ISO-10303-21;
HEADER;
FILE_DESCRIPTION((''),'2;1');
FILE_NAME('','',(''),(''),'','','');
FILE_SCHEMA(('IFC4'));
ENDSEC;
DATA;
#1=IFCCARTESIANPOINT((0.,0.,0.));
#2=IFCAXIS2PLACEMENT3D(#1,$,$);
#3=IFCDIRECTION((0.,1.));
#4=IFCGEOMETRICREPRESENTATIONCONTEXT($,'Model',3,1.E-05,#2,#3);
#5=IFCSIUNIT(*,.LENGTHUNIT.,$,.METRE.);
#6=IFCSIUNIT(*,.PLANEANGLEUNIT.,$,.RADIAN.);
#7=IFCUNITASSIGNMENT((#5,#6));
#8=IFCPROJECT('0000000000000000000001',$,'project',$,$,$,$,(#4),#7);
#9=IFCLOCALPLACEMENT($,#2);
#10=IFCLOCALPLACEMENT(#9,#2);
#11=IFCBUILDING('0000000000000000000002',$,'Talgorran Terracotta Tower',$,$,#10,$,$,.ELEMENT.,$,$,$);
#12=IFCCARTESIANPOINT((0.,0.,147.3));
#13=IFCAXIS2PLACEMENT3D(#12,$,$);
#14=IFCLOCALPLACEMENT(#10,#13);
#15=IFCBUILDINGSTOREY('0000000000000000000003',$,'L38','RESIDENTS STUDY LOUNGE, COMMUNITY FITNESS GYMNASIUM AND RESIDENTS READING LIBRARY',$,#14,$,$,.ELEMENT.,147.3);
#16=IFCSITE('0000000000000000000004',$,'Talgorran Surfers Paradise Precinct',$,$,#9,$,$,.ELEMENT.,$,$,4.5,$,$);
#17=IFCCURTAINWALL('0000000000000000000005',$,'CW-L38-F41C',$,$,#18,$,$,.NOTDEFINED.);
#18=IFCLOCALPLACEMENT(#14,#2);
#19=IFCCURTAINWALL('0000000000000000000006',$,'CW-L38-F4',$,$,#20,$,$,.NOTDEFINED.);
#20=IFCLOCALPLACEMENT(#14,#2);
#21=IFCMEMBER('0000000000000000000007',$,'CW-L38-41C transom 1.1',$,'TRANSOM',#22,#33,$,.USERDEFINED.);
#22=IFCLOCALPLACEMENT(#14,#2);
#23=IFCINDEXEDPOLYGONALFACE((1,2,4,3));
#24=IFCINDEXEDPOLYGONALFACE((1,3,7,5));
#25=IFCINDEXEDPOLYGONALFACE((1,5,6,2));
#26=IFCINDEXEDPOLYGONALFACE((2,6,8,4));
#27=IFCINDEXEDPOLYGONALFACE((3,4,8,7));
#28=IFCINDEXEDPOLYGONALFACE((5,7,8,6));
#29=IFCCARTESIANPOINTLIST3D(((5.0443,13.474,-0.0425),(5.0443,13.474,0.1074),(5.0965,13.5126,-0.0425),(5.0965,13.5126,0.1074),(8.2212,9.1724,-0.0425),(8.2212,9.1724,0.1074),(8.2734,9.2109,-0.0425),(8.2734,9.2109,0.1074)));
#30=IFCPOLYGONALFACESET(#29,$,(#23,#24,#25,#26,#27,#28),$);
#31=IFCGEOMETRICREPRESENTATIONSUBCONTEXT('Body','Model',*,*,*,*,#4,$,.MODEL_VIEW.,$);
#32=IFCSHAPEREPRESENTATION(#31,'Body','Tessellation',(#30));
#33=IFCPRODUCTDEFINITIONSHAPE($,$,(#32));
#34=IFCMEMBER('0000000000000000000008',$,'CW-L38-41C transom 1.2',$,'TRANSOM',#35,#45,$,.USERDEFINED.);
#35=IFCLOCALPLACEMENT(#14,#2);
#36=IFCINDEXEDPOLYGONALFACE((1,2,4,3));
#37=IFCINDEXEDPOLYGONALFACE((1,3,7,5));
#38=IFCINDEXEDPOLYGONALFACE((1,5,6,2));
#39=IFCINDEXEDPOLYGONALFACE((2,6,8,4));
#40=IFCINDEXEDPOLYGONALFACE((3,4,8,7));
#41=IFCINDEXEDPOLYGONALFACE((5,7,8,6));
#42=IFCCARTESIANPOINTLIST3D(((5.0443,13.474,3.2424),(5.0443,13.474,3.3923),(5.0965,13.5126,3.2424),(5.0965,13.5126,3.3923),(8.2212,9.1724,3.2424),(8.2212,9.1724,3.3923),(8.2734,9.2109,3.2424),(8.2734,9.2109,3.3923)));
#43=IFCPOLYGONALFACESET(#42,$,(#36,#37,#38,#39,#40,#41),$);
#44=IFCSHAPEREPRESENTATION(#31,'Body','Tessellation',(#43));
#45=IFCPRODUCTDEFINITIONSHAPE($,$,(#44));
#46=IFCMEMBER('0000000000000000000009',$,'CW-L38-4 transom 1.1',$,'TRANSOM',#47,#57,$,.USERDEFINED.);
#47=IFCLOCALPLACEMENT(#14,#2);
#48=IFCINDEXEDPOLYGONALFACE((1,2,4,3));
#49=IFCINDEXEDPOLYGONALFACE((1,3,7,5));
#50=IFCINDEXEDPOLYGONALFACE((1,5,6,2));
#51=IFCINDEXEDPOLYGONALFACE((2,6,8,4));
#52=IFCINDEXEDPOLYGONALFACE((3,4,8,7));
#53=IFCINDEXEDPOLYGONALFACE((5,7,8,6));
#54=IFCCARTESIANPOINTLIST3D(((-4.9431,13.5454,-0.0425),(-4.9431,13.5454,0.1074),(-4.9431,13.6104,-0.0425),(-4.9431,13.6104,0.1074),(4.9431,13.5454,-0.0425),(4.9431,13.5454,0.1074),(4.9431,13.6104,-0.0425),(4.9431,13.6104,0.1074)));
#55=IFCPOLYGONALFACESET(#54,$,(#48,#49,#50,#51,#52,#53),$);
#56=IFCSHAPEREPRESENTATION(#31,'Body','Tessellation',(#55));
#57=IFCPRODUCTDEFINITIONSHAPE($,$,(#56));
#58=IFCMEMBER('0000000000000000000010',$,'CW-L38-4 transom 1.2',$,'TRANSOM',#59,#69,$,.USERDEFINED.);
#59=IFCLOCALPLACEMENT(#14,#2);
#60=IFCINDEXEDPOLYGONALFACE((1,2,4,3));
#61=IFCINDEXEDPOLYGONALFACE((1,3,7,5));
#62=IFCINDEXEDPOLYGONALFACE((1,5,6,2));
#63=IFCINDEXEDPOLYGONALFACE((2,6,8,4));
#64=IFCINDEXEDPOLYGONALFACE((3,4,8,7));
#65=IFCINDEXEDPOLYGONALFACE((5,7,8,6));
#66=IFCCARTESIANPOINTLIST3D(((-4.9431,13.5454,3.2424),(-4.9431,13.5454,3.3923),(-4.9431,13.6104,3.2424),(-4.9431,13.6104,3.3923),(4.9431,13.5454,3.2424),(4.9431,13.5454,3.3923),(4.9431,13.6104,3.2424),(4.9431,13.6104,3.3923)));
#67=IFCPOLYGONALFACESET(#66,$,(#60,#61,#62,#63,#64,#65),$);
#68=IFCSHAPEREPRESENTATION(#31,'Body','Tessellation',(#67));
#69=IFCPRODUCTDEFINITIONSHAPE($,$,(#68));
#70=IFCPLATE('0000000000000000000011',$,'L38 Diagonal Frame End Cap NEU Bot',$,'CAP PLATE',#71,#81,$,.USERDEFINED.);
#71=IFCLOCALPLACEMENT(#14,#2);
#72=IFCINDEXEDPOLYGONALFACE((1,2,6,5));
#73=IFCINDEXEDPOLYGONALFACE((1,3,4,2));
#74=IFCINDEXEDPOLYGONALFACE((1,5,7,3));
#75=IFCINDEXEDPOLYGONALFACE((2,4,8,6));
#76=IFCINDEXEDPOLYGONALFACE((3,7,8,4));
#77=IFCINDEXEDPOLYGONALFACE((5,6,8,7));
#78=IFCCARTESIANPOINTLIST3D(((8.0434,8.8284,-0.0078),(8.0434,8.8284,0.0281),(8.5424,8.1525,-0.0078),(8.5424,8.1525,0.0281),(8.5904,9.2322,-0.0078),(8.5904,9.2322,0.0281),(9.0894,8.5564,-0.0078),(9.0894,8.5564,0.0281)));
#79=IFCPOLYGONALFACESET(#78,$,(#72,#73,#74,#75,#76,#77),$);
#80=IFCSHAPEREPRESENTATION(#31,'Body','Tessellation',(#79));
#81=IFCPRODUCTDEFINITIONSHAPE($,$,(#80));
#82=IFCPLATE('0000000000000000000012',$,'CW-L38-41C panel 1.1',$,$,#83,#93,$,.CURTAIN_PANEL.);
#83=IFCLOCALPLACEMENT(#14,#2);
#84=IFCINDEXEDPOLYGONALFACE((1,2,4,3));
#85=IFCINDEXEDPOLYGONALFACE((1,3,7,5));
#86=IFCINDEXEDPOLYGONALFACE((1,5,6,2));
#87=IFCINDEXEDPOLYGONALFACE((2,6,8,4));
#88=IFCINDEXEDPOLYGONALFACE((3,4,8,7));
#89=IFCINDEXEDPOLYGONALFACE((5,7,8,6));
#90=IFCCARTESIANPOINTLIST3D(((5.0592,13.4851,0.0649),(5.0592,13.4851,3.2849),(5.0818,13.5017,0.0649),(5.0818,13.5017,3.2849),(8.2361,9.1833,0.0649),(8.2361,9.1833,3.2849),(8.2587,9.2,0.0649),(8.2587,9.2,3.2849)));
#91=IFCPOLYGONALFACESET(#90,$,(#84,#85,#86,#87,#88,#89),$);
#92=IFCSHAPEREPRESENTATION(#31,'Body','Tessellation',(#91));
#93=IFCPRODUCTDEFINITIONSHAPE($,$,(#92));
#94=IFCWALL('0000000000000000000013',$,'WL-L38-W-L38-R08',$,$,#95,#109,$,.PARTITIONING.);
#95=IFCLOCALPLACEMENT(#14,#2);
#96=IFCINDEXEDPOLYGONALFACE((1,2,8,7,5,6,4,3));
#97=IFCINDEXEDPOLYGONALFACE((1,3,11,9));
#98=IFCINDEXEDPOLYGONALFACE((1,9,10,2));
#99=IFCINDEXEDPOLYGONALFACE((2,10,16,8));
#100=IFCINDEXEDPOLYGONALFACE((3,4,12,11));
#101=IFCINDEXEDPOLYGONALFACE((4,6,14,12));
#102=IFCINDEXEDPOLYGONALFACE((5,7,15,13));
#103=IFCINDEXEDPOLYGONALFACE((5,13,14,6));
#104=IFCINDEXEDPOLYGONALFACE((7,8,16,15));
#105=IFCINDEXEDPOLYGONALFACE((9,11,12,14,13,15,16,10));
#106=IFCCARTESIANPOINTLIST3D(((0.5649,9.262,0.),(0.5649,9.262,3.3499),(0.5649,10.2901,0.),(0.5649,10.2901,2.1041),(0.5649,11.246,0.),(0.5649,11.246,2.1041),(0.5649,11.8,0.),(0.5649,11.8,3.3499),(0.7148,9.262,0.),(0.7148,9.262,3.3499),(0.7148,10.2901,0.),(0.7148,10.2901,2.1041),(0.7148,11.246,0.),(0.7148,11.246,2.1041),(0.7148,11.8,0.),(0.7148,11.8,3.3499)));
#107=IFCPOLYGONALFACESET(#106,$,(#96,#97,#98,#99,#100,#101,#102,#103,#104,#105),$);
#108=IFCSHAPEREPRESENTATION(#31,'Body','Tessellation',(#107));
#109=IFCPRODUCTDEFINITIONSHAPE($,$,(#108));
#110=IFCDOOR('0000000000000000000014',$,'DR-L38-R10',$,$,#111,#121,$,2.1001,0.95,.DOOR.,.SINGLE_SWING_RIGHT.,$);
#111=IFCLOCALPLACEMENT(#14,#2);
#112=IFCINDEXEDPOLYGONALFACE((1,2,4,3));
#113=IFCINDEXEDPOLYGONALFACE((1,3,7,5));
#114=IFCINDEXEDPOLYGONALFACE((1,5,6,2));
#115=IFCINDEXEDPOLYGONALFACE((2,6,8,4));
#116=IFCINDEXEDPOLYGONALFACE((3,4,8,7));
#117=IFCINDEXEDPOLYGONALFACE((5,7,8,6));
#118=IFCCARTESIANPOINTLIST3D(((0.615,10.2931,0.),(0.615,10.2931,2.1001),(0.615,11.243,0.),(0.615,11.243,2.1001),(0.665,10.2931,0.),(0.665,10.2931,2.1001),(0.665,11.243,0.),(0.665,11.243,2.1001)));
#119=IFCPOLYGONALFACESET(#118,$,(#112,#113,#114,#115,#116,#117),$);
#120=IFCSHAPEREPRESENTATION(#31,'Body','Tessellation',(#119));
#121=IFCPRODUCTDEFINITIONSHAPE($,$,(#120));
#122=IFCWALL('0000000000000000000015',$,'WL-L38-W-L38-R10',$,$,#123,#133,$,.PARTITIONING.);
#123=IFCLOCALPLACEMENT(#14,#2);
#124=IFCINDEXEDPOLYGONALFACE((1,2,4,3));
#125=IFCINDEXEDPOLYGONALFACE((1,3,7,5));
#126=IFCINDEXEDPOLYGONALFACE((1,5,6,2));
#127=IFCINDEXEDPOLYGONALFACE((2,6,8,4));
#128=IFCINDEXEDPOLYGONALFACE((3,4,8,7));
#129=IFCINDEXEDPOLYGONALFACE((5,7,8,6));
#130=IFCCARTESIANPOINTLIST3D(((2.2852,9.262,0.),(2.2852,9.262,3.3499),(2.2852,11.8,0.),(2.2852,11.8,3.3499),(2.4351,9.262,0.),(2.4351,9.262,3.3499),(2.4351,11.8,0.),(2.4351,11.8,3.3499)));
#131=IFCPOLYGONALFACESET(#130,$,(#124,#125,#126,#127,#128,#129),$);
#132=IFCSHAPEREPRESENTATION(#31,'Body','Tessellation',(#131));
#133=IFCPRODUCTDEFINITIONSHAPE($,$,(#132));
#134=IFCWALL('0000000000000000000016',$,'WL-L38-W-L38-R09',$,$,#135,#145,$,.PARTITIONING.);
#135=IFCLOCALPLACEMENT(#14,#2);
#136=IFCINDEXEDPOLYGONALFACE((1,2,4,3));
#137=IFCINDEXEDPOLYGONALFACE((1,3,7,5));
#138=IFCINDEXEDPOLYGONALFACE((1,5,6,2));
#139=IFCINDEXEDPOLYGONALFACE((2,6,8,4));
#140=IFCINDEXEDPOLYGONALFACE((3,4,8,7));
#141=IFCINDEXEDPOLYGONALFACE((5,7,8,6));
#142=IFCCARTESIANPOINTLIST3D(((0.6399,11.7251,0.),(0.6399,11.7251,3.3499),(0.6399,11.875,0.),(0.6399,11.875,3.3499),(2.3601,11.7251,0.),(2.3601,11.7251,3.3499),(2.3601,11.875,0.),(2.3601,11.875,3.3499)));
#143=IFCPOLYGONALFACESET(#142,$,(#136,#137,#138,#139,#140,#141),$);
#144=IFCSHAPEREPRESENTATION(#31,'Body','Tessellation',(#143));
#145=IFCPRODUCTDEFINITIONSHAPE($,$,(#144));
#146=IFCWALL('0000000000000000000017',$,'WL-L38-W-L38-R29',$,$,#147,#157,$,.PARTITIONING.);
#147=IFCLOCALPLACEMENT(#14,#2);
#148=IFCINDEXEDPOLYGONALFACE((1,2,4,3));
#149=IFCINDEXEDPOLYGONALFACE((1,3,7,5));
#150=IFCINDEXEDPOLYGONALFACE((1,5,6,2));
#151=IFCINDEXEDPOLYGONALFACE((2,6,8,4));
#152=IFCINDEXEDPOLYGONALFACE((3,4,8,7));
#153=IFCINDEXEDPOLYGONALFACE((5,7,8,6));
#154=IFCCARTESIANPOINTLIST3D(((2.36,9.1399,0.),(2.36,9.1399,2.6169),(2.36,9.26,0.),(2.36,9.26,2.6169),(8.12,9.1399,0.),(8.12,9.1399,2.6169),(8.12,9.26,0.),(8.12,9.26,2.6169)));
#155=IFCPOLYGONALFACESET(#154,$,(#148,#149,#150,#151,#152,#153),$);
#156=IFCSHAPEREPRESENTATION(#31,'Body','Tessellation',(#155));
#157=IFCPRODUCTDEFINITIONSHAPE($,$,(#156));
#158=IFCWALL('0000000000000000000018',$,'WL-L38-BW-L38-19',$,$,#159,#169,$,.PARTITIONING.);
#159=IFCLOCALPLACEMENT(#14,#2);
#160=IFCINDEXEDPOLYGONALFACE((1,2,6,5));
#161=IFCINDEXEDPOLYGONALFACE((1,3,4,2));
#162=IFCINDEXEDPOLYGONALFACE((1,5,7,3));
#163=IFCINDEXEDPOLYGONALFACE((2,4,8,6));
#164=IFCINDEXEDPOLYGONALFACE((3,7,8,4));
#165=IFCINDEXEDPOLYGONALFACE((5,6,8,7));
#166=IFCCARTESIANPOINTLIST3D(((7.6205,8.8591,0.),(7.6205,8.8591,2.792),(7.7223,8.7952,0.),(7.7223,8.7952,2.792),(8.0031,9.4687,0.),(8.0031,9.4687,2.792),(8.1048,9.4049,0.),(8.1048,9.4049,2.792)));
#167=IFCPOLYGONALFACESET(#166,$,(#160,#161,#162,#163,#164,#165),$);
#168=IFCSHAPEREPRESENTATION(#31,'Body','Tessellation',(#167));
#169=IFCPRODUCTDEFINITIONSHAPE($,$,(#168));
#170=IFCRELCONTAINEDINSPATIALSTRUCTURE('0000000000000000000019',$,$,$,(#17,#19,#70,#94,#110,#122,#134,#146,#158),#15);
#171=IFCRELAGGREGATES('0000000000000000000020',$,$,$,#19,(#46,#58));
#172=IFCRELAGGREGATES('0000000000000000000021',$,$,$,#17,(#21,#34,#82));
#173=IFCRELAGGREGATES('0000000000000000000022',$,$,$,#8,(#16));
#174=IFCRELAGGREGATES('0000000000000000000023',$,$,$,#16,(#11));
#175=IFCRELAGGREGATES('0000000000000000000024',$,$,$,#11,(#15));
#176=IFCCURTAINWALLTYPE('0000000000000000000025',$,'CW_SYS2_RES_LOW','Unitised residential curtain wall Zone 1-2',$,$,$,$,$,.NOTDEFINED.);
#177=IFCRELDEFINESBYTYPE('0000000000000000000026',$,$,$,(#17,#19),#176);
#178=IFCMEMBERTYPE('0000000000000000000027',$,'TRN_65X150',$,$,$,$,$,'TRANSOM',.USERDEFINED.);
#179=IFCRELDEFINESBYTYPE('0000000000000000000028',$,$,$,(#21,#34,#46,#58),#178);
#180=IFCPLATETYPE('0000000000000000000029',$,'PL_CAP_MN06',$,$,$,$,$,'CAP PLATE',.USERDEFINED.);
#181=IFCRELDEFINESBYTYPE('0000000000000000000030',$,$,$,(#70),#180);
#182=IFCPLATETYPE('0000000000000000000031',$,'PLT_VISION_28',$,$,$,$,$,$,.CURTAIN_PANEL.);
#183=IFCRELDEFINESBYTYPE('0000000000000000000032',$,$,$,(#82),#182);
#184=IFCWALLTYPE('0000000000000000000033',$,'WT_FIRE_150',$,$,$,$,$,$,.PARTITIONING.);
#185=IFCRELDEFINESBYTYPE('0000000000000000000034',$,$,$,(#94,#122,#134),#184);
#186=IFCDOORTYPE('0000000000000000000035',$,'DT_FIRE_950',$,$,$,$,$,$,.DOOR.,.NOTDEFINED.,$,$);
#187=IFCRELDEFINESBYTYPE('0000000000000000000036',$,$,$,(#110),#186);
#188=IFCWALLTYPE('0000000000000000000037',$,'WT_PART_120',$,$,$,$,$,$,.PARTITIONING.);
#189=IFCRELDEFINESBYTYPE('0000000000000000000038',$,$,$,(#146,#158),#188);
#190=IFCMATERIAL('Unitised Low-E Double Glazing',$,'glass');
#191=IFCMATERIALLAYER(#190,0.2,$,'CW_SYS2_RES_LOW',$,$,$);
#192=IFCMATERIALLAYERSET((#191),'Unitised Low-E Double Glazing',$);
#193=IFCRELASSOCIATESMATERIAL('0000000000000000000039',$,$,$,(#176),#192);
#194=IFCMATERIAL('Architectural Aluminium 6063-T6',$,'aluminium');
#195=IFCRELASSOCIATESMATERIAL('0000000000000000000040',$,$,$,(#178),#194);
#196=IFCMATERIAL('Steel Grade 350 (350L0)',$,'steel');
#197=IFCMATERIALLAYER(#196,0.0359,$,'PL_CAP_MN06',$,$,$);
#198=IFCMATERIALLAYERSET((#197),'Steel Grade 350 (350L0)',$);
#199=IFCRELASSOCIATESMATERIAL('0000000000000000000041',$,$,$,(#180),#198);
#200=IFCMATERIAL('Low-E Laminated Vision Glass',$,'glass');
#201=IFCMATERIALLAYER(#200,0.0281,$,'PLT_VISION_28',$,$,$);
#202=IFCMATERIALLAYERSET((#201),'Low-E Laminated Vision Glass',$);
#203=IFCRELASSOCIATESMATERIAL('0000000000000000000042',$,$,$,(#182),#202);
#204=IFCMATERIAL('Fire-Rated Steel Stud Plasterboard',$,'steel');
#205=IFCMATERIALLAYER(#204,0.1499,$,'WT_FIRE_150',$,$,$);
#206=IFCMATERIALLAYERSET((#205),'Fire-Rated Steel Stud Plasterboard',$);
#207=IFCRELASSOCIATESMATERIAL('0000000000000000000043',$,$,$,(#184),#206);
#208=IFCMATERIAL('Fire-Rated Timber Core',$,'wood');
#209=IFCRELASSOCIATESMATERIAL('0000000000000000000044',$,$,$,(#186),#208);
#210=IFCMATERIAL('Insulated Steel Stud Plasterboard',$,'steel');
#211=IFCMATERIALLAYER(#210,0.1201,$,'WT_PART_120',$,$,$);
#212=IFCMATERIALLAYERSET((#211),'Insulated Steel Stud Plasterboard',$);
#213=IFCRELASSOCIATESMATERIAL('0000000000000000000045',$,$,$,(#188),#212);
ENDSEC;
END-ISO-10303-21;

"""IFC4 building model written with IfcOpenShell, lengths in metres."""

from ifc_helpers import new_model, si_unit, direction, frame, frame_2d, origin, origin_2d, place, context, subcontext, project, spatial, rectangle, extrude, source, transform, mapped, material, layer, layer_set, material_profile, profile_set, type_object, type_shapes, element, fill, aggregate, save


model = new_model("IFC4")

# Units and contexts
model_context = context("Model", 3, precision=1e-05, world=origin(), true_north=direction((0.0, 1.0)))
body_context = subcontext(model_context, "Body", "Model", "MODEL_VIEW")
ifc_project = project(units=[si_unit("LENGTHUNIT", "METRE"), si_unit("PLANEANGLEUNIT", "RADIAN")], contexts=[model_context])

# Site, building, storey
site_placement = place(None, origin())
site = spatial("IfcSite", under=ifc_project, at=site_placement, Name="Talgorran Surfers Paradise Precinct", CompositionType="ELEMENT", RefElevation=4.5)
building_placement = place(site_placement, origin())
building = spatial("IfcBuilding", under=site, at=building_placement, Name="Talgorran Terracotta Tower", CompositionType="ELEMENT")
storey_placement = place(building_placement, frame((0.0, 0.0, 147.3)))
storey = spatial("IfcBuildingStorey", under=building, at=storey_placement, Name="L38", Description="RESIDENTS STUDY LOUNGE, COMMUNITY FITNESS GYMNASIUM AND RESIDENTS READING LIBRARY", CompositionType="ELEMENT", Elevation=147.3)

# Shared definitions
ifc_material_1 = material(Name="Steel Grade 350 (350L0)", Category="steel")

# Shared definitions
ifc_material_2 = material(Name="Unitised Low-E Double Glazing", Category="glass")
ifc_layer_1 = layer(ifc_material_2, 0.2, Name="CW_SYS2_RES_LOW")
ifc_layer_set_1 = layer_set([ifc_layer_1], Name="Unitised Low-E Double Glazing")
curtain_wall_type = type_object("IfcCurtainWallType", Name="CW_SYS2_RES_LOW", Description="Unitised residential curtain wall Zone 1-2", PredefinedType="NOTDEFINED", material=ifc_layer_set_1)
ifc_material_3 = material(Name="Architectural Aluminium 6063-T6", Category="aluminium")

# Curtain wall
curtain_wall_1_placement = place(storey_placement, origin())
curtain_wall_1 = element("IfcCurtainWall", 1, at=curtain_wall_1_placement, inside=storey, type_object=curtain_wall_type, Name="CW-L38-F41C", PredefinedType="NOTDEFINED")

# Curtain wall
curtain_wall_2_placement = place(storey_placement, origin())
curtain_wall_2 = element("IfcCurtainWall", 2, at=curtain_wall_2_placement, inside=storey, type_object=curtain_wall_type, Name="CW-L38-F4", PredefinedType="NOTDEFINED")

# Members
ifc_material_profile_1 = material_profile(ifc_material_3, rectangle(XDim=0.0649, YDim=0.1499, at=origin_2d()), Name="CWT65X150")
ifc_profile_set_1 = profile_set([ifc_material_profile_1], Name="Architectural Aluminium 6063-T6")
member_type_1 = type_object("IfcMemberType", Name="TRN_65X150", ElementType="TRANSOM", PredefinedType="USERDEFINED", material=ifc_profile_set_1)
member_1_placement = place(storey_placement, frame((8.2473, 9.1917, 0.0325), z_axis=(-0.594082, 0.804405, 0.0), x_axis=(-0.804405, -0.594082, 0.0)))
member_1 = element("IfcMember", 3, at=member_1_placement, type_object=member_type_1, Name="CW-L38-41C transom 1.1", ObjectType="TRANSOM", PredefinedType="USERDEFINED", context=body_context, shape_type="SweptSolid", body=[
    extrude(rectangle(XDim=0.0649, YDim=0.1499, at=origin_2d()), origin(), (0.0, 0.0, 1.0), 5.3477),
])
member_2_placement = place(storey_placement, frame((8.2473, 9.1917, 3.3174), z_axis=(-0.594082, 0.804405, 0.0), x_axis=(-0.804405, -0.594082, 0.0)))
member_2 = element("IfcMember", 4, at=member_2_placement, type_object=member_type_1, Name="CW-L38-41C transom 1.2", ObjectType="TRANSOM", PredefinedType="USERDEFINED", context=body_context, shape_type="SweptSolid", body=[
    extrude(rectangle(XDim=0.0649, YDim=0.1499, at=origin_2d()), origin(), (0.0, 0.0, 1.0), 5.3477),
])
member_3_placement = place(storey_placement, frame((4.9431, 13.5779, 0.0325), z_axis=(-1.0, 0.0, 0.0), x_axis=(0.0, -1.0, 0.0)))
member_3 = element("IfcMember", 5, at=member_3_placement, type_object=member_type_1, Name="CW-L38-4 transom 1.1", ObjectType="TRANSOM", PredefinedType="USERDEFINED", context=body_context, shape_type="SweptSolid", body=[
    extrude(rectangle(XDim=0.0649, YDim=0.1499, at=origin_2d()), origin(), (0.0, 0.0, 1.0), 9.8862),
])
member_4_placement = place(storey_placement, frame((4.9431, 13.5779, 3.3174), z_axis=(-1.0, 0.0, 0.0), x_axis=(0.0, -1.0, 0.0)))
member_4 = element("IfcMember", 6, at=member_4_placement, type_object=member_type_1, Name="CW-L38-4 transom 1.2", ObjectType="TRANSOM", PredefinedType="USERDEFINED", context=body_context, shape_type="SweptSolid", body=[
    extrude(rectangle(XDim=0.0649, YDim=0.1499, at=origin_2d()), origin(), (0.0, 0.0, 1.0), 9.8862),
])
aggregate(curtain_wall_2, [member_3, member_4])

# Plates
ifc_layer_2 = layer(ifc_material_1, 0.0359, Name="PL_CAP_MN06")
ifc_layer_set_2 = layer_set([ifc_layer_2], Name="Steel Grade 350 (350L0)")
plate_type_1 = type_object("IfcPlateType", Name="PL_CAP_MN06", ElementType="CAP PLATE", PredefinedType="USERDEFINED", material=ifc_layer_set_2)
plate_1_placement = place(storey_placement, frame((8.5664, 8.6924, -0.0078), z_axis=(0.0, 0.0, 1.0), x_axis=(0.593981, -0.804479, 0.0)))
element("IfcPlate", 7, at=plate_1_placement, inside=storey, type_object=plate_type_1, Name="L38 Diagonal Frame End Cap NEU Bot", ObjectType="CAP PLATE", PredefinedType="USERDEFINED", context=body_context, shape_type="SweptSolid", body=[
    extrude(rectangle(XDim=0.8401, YDim=0.6799, at=origin_2d()), origin(), (0.0, 0.0, 1.0), 0.0359),
])
ifc_material_4 = material(Name="Low-E Laminated Vision Glass", Category="glass")
ifc_layer_3 = layer(ifc_material_4, 0.0281, Name="PLT_VISION_28")
ifc_layer_set_3 = layer_set([ifc_layer_3], Name="Low-E Laminated Vision Glass")
plate_type_2 = type_object("IfcPlateType", Name="PLT_VISION_28", PredefinedType="CURTAIN_PANEL", material=ifc_layer_set_3)
shared_shape = source(origin(), body_context, "Body", "SweptSolid", [
    extrude(rectangle(XDim=5.3477, YDim=0.0281, at=origin_2d()), origin(), (0.0, 0.0, 1.0), 3.22),
])
type_shapes(plate_type_2, [shared_shape])
plate_2_placement = place(storey_placement, frame((6.6589, 11.3425, 0.0649), z_axis=(0.0, 0.0, 1.0), x_axis=(-0.594069, 0.804414, 0.0)))
plate_2 = element("IfcPlate", 8, at=plate_2_placement, type_object=plate_type_2, Name="CW-L38-41C panel 1.1", PredefinedType="CURTAIN_PANEL", context=body_context, shape_type="MappedRepresentation", body=[
    mapped(shared_shape, transform((0.0, 0.0, 0.0), scale=1.0)),
])
aggregate(curtain_wall_1, [member_1, member_2, plate_2])

# Wall, opening, door
ifc_material_5 = material(Name="Fire-Rated Steel Stud Plasterboard", Category="steel")
ifc_layer_4 = layer(ifc_material_5, 0.1499, Name="WT_FIRE_150")
ifc_layer_set_4 = layer_set([ifc_layer_4], Name="Fire-Rated Steel Stud Plasterboard")
wall_type_1 = type_object("IfcWallType", Name="WT_FIRE_150", PredefinedType="PARTITIONING", material=ifc_layer_set_4)
wall_1_placement = place(storey_placement, frame((0.6399, 9.262, 0.0), z_axis=(0.0, 0.0, 1.0), x_axis=(0.0, 1.0, 0.0)))
wall_1 = element("IfcWall", 9, at=wall_1_placement, inside=storey, type_object=wall_type_1, Name="WL-L38-W-L38-R08", PredefinedType="PARTITIONING", context=body_context, shape_type="SweptSolid", body=[
    extrude(rectangle(XDim=2.5381, YDim=0.1499, at=frame_2d((1.269, 0.0))), origin(), (0.0, 0.0, 1.0), 3.3499),
])
opening_placement = place(wall_1_placement, frame((1.031, 0.0, 0.0)))
opening = element("IfcOpeningElement", 10, at=opening_placement, cuts=wall_1, PredefinedType="OPENING", context=body_context, shape_type="SweptSolid", body=[
    extrude(rectangle(XDim=0.956, YDim=2.1041, at=frame_2d((0.4751, 1.052))), frame((0.0, 0.085, 0.0), z_axis=(0.0, -1.0, 0.0), x_axis=(1.0, 0.0, 0.0)), (0.0, 0.0, 1.0), 0.1699),
])
ifc_material_6 = material(Name="Fire-Rated Timber Core", Category="wood")
door_type = type_object("IfcDoorType", Name="DT_FIRE_950", OperationType="NOTDEFINED", PredefinedType="DOOR", material=ifc_material_6)
door_placement = place(opening_placement, origin())
door = element("IfcDoor", 11, at=door_placement, inside=storey, type_object=door_type, Name="DR-L38-R10", OperationType="SINGLE_SWING_RIGHT", OverallHeight=2.1001, OverallWidth=0.95, PredefinedType="DOOR", context=body_context, shape_type="SweptSolid", body=[
    extrude(rectangle(XDim=0.95, YDim=2.1001, at=frame_2d((0.4751, 1.05))), frame((0.0, 0.0249, 0.0), z_axis=(0.0, -1.0, 0.0), x_axis=(1.0, 0.0, 0.0)), (0.0, 0.0, 1.0), 0.05),
])
fill(opening, door)

# Walls
wall_2_placement = place(storey_placement, frame((2.3601, 9.262, 0.0), z_axis=(0.0, 0.0, 1.0), x_axis=(0.0, 1.0, 0.0)))
element("IfcWall", 12, at=wall_2_placement, inside=storey, type_object=wall_type_1, Name="WL-L38-W-L38-R10", PredefinedType="PARTITIONING", context=body_context, shape_type="SweptSolid", body=[
    extrude(rectangle(XDim=2.5381, YDim=0.1499, at=frame_2d((1.269, 0.0))), origin(), (0.0, 0.0, 1.0), 3.3499),
])
wall_3_placement = place(storey_placement, frame((0.6399, 11.8, 0.0), z_axis=(0.0, 0.0, 1.0), x_axis=(1.0, 0.0, 0.0)))
element("IfcWall", 13, at=wall_3_placement, inside=storey, type_object=wall_type_1, Name="WL-L38-W-L38-R09", PredefinedType="PARTITIONING", context=body_context, shape_type="SweptSolid", body=[
    extrude(rectangle(XDim=1.7202, YDim=0.1499, at=frame_2d((0.8601, 0.0))), origin(), (0.0, 0.0, 1.0), 3.3499),
])
ifc_material_7 = material(Name="Insulated Steel Stud Plasterboard", Category="steel")
ifc_layer_5 = layer(ifc_material_7, 0.1201, Name="WT_PART_120")
ifc_layer_set_5 = layer_set([ifc_layer_5], Name="Insulated Steel Stud Plasterboard")
wall_type_2 = type_object("IfcWallType", Name="WT_PART_120", PredefinedType="PARTITIONING", material=ifc_layer_set_5)
wall_4_placement = place(storey_placement, frame((2.3601, 9.2, 0.0), z_axis=(0.0, 0.0, 1.0), x_axis=(1.0, 0.0, 0.0)))
element("IfcWall", 14, at=wall_4_placement, inside=storey, type_object=wall_type_2, Name="WL-L38-W-L38-R29", PredefinedType="PARTITIONING", context=body_context, shape_type="SweptSolid", body=[
    extrude(rectangle(XDim=5.76, YDim=0.1201, at=frame_2d((2.8799, 0.0))), origin(), (0.0, 0.0, 1.0), 2.6169),
])
wall_5_placement = place(storey_placement, frame((7.6714, 8.8271, 0.0), z_axis=(0.0, 0.0, 1.0), x_axis=(0.531553, 0.847025, 0.0)))
element("IfcWall", 15, at=wall_5_placement, inside=storey, type_object=wall_type_2, Name="WL-L38-BW-L38-19", PredefinedType="PARTITIONING", context=body_context, shape_type="SweptSolid", body=[
    extrude(rectangle(XDim=0.7197, YDim=0.1201, at=frame_2d((0.3599, 0.0))), origin(), (0.0, 0.0, 1.0), 2.792),
])

save(model, "model.ifc")
